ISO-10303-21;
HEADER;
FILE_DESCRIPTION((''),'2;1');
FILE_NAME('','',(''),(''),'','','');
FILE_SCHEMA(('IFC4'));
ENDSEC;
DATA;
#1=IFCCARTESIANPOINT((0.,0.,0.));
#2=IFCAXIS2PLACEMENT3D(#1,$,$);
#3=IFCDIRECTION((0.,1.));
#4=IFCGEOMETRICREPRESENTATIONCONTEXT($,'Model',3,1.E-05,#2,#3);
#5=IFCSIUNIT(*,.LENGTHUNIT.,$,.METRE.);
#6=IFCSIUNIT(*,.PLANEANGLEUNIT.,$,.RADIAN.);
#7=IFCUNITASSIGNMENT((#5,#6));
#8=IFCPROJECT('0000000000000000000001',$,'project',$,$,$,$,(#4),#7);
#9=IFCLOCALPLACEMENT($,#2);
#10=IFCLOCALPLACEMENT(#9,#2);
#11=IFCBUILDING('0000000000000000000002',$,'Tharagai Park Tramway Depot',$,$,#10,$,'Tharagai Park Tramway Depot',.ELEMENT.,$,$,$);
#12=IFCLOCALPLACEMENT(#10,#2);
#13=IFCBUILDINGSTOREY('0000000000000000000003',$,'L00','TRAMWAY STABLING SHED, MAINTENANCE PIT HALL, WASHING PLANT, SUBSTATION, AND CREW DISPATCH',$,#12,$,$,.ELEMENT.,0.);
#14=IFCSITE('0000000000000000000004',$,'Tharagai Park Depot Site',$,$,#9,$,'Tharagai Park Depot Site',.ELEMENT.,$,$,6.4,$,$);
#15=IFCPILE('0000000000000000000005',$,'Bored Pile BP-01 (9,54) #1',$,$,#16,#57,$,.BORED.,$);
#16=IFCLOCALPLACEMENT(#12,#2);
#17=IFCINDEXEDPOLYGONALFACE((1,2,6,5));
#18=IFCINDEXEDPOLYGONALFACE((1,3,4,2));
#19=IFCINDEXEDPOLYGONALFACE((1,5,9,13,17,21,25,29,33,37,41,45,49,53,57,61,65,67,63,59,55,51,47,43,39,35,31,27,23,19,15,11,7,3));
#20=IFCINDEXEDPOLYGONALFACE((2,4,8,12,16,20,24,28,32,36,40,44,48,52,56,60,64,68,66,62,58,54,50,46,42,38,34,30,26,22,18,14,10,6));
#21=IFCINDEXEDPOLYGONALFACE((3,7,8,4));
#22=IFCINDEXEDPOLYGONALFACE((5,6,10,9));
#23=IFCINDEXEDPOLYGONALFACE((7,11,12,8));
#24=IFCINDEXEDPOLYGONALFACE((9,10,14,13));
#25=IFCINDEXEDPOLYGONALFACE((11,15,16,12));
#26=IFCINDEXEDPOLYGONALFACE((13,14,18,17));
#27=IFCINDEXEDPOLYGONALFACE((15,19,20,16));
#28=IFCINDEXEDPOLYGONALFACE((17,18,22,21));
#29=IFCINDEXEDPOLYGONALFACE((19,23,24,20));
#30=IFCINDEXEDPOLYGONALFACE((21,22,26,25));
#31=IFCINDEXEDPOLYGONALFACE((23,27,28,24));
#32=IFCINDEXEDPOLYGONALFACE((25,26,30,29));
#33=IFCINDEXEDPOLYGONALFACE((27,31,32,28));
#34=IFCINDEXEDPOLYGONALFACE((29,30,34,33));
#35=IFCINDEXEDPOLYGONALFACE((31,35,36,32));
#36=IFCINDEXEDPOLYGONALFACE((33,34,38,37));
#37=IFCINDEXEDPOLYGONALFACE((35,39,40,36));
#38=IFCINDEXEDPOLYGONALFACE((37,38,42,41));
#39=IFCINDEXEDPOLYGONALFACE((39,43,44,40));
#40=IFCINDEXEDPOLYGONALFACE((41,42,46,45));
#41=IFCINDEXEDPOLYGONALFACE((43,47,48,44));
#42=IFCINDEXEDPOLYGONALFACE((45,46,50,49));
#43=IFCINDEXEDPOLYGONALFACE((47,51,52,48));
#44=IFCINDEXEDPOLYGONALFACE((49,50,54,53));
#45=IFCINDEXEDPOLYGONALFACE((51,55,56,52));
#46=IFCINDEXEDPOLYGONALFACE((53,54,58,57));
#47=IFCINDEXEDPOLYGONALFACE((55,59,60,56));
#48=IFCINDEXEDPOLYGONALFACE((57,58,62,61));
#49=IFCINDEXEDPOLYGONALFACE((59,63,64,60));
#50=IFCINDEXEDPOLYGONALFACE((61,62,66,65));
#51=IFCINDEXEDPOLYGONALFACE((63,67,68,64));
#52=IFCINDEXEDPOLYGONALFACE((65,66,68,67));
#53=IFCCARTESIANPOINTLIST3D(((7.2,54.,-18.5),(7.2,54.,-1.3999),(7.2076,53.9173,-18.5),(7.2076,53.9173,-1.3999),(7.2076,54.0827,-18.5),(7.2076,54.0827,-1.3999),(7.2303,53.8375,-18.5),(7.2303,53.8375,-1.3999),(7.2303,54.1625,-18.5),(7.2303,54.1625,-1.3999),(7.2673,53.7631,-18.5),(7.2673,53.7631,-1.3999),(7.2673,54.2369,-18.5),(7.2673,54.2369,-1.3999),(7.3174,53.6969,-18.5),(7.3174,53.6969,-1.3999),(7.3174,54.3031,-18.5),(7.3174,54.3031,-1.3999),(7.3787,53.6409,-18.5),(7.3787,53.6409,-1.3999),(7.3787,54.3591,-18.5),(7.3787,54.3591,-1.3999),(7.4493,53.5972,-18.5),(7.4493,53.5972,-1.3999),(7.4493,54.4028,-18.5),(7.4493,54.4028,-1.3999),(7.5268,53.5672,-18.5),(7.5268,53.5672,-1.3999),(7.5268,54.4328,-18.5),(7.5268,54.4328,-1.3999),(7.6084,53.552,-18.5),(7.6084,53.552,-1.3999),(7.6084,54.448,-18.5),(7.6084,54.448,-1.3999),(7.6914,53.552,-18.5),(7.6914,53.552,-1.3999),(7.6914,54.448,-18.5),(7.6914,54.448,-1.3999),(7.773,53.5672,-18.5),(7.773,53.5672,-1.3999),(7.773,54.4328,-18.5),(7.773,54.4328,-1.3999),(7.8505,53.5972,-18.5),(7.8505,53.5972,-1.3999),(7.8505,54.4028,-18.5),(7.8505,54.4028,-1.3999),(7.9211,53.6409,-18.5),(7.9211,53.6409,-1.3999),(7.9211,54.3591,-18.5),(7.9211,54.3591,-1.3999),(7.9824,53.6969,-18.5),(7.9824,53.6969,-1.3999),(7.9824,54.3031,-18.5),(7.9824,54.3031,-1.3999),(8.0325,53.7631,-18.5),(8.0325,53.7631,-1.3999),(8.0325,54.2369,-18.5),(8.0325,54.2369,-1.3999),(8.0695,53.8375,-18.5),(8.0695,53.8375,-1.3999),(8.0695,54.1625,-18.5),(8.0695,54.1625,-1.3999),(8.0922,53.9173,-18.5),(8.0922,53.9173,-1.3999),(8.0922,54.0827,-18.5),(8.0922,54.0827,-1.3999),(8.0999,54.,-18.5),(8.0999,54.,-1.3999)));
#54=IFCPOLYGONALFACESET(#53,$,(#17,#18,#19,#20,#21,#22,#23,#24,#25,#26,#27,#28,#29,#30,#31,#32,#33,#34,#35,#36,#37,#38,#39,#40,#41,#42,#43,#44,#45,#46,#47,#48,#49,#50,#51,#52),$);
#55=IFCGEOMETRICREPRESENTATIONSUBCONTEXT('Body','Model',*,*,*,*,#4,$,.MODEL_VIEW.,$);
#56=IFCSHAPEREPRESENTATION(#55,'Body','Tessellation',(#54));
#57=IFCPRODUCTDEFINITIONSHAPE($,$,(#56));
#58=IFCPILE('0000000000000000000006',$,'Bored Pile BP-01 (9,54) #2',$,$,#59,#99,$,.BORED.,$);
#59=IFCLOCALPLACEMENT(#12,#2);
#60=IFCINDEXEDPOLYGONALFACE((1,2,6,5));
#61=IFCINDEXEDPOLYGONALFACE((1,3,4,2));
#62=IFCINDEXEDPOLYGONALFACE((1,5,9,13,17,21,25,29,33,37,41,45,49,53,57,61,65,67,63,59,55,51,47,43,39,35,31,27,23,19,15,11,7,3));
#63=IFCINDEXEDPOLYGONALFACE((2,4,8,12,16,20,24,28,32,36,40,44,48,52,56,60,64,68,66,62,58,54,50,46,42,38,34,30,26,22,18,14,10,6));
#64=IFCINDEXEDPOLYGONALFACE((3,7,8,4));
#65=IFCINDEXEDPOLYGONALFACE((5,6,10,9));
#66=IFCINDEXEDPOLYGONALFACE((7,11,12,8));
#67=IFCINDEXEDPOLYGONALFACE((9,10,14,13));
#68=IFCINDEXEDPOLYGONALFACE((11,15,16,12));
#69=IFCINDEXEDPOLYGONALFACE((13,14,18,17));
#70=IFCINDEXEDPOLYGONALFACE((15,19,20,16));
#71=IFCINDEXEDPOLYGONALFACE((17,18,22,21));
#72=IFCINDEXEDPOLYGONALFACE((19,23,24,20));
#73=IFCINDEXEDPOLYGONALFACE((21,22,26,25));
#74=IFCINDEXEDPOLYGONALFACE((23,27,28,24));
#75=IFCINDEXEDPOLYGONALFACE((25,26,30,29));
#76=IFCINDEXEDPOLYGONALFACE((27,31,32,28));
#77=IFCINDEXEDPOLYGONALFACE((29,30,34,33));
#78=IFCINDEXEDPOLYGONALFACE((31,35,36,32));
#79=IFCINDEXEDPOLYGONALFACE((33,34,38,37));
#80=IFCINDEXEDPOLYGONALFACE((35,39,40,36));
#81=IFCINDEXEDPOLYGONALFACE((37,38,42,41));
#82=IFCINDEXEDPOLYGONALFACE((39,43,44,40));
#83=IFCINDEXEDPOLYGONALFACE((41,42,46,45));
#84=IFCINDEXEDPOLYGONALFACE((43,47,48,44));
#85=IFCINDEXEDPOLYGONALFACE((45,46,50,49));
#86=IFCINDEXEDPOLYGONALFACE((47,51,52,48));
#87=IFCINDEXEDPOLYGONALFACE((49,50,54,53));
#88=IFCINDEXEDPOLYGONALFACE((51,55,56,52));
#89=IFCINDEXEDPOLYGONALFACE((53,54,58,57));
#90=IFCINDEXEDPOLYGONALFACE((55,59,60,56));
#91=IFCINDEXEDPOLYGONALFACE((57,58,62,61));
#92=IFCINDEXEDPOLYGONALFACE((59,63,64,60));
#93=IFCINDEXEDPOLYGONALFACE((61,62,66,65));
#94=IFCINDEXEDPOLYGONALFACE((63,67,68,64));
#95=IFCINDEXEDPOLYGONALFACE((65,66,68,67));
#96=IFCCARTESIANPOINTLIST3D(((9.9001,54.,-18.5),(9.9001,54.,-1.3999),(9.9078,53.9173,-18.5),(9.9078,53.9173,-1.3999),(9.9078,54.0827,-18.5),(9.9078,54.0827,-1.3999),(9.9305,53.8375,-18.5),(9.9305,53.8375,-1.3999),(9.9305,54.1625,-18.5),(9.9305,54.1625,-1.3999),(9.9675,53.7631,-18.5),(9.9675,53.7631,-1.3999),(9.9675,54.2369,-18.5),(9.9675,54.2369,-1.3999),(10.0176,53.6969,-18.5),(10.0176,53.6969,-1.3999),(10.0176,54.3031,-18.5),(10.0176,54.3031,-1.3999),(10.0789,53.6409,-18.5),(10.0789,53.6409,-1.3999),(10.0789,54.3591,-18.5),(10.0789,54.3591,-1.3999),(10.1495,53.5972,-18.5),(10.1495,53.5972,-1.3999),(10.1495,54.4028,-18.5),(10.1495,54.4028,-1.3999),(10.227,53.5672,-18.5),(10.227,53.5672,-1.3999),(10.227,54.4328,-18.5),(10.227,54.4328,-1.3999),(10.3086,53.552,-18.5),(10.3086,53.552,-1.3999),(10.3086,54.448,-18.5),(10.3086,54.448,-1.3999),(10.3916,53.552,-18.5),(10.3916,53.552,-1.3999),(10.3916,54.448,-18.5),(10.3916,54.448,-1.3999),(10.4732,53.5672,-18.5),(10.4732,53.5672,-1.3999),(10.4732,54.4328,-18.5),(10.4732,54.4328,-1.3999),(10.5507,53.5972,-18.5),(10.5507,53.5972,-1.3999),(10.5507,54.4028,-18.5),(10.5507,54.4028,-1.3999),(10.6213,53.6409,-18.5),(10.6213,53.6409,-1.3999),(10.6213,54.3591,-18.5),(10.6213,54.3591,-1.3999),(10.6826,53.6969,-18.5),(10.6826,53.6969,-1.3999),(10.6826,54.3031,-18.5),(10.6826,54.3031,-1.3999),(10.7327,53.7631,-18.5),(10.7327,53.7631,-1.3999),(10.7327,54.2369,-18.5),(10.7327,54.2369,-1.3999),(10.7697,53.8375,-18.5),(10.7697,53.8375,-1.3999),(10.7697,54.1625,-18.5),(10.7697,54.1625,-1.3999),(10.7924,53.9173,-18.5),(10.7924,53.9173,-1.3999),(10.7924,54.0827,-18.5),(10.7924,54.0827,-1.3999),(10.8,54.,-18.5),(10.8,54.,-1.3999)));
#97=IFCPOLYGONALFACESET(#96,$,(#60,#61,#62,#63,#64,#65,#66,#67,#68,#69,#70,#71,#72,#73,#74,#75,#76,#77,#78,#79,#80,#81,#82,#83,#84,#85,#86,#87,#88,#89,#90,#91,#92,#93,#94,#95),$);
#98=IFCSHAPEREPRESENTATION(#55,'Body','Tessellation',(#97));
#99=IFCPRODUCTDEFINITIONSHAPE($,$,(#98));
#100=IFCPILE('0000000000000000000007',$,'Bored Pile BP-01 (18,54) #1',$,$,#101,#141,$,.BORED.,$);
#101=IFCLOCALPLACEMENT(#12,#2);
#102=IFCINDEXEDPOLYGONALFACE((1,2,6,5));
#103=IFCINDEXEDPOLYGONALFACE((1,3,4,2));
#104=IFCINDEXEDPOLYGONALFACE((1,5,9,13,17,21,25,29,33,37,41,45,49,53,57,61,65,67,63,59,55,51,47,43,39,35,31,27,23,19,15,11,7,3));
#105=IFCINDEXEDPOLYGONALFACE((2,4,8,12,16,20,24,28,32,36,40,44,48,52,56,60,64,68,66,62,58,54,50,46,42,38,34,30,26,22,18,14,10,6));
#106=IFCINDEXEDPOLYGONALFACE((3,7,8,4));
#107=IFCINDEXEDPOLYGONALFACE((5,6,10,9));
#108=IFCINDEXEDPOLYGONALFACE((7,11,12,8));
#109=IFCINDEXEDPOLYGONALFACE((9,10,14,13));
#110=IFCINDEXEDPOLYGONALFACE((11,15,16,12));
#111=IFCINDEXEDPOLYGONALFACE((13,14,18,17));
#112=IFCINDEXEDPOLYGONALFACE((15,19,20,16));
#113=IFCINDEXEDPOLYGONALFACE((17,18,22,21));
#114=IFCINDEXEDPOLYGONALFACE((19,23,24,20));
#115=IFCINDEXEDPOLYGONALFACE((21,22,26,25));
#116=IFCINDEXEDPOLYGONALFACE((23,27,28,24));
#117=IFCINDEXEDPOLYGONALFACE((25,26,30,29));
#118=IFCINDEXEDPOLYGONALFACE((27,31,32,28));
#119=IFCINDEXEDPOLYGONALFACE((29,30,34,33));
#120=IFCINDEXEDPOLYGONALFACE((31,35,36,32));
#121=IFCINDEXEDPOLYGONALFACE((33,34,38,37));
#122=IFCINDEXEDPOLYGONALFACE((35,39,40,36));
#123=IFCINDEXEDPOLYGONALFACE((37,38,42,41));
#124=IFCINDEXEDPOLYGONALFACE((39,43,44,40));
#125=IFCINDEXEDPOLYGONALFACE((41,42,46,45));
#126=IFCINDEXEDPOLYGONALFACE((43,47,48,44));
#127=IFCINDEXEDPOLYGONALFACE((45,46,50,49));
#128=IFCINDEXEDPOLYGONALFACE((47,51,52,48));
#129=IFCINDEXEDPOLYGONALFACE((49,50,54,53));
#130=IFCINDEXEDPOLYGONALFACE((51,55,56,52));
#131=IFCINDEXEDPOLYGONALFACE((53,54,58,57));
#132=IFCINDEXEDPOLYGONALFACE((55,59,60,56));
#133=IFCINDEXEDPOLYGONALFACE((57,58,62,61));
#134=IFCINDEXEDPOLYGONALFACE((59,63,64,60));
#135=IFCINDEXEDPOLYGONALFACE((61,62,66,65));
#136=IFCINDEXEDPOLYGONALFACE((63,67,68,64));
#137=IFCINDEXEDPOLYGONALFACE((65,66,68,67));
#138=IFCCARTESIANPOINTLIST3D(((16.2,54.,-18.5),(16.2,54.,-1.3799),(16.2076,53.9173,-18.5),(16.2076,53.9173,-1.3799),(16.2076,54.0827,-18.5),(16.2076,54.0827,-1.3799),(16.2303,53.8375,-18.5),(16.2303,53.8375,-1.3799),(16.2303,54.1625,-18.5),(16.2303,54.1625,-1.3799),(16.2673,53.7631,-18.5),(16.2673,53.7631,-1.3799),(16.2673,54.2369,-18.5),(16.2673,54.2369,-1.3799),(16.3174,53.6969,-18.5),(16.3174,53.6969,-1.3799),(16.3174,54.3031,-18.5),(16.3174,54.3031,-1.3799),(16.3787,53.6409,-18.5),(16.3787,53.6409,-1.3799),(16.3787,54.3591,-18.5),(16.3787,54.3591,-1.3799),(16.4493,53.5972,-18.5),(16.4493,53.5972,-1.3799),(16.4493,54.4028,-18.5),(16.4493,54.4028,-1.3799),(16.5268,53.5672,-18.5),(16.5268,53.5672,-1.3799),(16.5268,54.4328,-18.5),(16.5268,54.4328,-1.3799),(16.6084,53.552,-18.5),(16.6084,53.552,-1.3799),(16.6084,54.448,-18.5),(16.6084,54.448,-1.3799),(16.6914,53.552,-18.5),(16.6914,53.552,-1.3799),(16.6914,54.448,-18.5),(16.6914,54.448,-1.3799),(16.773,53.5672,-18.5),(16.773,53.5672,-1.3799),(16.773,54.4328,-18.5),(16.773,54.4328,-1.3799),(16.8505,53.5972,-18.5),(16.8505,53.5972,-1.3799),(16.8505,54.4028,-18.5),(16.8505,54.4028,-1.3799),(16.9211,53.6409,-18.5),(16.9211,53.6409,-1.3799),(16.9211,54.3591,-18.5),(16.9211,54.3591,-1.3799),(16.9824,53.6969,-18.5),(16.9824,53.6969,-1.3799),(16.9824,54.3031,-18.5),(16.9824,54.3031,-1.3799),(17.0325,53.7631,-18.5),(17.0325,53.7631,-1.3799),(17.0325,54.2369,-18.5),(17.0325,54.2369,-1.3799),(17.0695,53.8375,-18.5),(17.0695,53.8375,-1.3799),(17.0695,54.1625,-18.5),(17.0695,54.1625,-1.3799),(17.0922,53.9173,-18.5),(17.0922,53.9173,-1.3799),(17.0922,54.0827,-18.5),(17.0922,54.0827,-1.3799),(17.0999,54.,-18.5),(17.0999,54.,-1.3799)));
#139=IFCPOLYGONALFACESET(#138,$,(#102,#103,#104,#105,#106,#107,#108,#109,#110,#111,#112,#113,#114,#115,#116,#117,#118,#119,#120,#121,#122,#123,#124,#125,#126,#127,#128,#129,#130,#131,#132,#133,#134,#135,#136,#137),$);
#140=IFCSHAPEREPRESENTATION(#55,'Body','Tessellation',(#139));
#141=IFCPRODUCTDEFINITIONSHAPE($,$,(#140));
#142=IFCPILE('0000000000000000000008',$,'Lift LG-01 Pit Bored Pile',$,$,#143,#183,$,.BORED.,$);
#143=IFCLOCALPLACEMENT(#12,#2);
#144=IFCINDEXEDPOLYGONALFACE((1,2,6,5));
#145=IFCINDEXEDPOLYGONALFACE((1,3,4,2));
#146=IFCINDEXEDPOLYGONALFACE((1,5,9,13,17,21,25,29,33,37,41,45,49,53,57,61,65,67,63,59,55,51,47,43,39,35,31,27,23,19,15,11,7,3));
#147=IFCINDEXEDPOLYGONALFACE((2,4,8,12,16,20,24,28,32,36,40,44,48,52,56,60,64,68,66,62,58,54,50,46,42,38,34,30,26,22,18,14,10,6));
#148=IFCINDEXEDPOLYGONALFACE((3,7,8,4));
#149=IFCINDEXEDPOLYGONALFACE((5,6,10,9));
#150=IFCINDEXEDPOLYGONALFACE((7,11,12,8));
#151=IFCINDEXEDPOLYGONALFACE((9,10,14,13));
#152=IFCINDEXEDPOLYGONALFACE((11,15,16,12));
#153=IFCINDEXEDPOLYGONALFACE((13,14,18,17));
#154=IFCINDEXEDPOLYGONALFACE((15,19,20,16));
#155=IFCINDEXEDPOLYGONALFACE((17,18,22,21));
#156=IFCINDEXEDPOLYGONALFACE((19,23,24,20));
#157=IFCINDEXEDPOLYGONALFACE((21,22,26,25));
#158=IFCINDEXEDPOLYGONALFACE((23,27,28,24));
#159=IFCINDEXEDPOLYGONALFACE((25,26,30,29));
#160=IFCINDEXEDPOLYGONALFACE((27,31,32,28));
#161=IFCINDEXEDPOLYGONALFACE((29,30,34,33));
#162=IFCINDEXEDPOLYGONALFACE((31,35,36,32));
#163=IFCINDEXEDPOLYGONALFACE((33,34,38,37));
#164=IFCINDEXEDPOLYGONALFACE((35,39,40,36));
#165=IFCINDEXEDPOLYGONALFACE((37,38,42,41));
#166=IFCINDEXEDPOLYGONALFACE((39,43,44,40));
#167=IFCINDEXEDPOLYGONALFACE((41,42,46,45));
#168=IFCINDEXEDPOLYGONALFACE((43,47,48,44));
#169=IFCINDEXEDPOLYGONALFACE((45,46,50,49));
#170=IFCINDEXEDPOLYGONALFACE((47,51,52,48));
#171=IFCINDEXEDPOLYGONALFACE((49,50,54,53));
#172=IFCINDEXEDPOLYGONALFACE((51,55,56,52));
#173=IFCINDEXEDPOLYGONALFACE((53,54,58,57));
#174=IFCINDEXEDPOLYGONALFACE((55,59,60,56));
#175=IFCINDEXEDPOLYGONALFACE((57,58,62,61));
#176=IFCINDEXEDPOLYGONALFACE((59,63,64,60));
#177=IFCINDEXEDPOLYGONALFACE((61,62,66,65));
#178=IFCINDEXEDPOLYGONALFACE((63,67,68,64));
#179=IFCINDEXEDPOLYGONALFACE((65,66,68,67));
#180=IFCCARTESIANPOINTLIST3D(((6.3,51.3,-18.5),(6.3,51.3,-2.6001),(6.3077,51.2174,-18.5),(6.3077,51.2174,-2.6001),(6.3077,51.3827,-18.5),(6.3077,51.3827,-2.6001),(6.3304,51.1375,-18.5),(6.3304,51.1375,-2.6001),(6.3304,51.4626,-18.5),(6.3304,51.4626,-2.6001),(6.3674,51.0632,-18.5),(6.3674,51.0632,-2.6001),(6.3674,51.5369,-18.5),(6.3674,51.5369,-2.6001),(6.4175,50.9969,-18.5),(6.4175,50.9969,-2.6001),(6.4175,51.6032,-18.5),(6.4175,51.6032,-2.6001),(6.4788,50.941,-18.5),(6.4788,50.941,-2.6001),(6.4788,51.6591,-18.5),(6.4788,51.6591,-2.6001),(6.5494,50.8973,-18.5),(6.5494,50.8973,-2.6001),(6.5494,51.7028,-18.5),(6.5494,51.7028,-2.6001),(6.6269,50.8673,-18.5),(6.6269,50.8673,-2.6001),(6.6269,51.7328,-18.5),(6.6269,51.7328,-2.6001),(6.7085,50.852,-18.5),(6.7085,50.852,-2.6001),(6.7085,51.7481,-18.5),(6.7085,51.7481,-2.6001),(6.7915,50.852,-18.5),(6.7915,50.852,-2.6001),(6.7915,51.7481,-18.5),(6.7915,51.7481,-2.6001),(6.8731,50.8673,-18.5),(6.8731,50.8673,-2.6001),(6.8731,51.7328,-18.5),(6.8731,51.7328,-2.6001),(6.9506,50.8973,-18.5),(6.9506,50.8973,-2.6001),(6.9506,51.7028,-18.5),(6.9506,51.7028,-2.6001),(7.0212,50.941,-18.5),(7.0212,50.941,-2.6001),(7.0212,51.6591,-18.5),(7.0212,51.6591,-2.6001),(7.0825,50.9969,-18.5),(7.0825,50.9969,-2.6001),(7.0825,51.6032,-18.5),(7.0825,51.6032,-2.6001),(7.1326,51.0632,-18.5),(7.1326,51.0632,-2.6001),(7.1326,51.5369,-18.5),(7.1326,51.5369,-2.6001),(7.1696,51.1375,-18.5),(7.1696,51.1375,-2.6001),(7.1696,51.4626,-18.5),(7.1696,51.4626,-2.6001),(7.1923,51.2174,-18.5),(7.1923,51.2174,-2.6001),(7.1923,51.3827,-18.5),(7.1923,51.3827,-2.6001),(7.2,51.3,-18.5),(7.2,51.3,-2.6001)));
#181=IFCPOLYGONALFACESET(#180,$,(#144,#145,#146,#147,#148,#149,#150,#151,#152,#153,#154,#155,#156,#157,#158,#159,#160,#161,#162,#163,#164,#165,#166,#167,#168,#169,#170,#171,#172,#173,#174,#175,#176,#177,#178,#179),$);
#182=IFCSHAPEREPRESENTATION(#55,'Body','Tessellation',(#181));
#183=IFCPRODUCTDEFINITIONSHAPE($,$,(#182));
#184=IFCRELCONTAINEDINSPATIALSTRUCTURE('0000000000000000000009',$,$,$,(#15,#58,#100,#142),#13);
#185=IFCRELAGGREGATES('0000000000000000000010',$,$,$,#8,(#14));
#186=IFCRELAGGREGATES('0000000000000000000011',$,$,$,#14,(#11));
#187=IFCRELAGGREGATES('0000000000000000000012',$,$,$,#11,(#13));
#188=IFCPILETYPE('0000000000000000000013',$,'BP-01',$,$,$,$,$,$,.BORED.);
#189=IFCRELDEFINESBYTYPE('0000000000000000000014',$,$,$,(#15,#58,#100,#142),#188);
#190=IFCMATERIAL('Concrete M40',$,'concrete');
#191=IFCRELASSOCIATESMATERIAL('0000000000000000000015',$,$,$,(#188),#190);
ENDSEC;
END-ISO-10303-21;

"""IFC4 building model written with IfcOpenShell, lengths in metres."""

from ifc_helpers import new_model, si_unit, direction, frame, origin, origin_2d, place, context, subcontext, project, spatial, circle, extrude, material, material_profile, profile_set, type_object, element, save


model = new_model("IFC4")

# Units and contexts
model_context = context("Model", 3, precision=1e-05, world=origin(), true_north=direction((0.0, 1.0)))
body_context = subcontext(model_context, "Body", "Model", "MODEL_VIEW")
ifc_project = project(units=[si_unit("LENGTHUNIT", "METRE"), si_unit("PLANEANGLEUNIT", "RADIAN")], contexts=[model_context])

# Site, building, storey
site_placement = place(None, origin())
site = spatial("IfcSite", under=ifc_project, at=site_placement, Name="Tharagai Park Depot Site", LongName="Tharagai Park Depot Site", CompositionType="ELEMENT", RefElevation=6.4)
building_placement = place(site_placement, origin())
building = spatial("IfcBuilding", under=site, at=building_placement, Name="Tharagai Park Tramway Depot", LongName="Tharagai Park Tramway Depot", CompositionType="ELEMENT")
storey_placement = place(building_placement, origin())
storey = spatial("IfcBuildingStorey", under=building, at=storey_placement, Name="L00", Description="TRAMWAY STABLING SHED, MAINTENANCE PIT HALL, WASHING PLANT, SUBSTATION, AND CREW DISPATCH", CompositionType="ELEMENT", Elevation=0.0)

# Piles
ifc_material_1 = material(Name="Concrete M40", Category="concrete")
ifc_material_profile_1 = material_profile(ifc_material_1, circle(Radius=0.45, at=origin_2d()), Name="PILE D900")
ifc_profile_set_1 = profile_set([ifc_material_profile_1], Name="Concrete M40")
pile_type_1 = type_object("IfcPileType", Name="BP-01", PredefinedType="BORED", material=ifc_profile_set_1)
for number, where, z_axis, x_axis, name in (
    (1, (7.6499, 54.0, -1.3999), (0.0, 0.0, -1.0), (1.0, 0.0, 0.0), "Bored Pile BP-01 (9,54) #1"),
    (2, (10.3501, 54.0, -1.3999), (0.0, 0.0, -1.0), (1.0, 0.0, 0.0), "Bored Pile BP-01 (9,54) #2"),
):
    element("IfcPile", number, at=place(storey_placement, frame(where, z_axis=z_axis, x_axis=x_axis)), inside=storey, type_object=pile_type_1, Name=name, PredefinedType="BORED", context=body_context, shape_type="SweptSolid", body=[
        extrude(circle(Radius=0.45, at=origin_2d()), origin(), (0.0, 0.0, 1.0), 17.1001),
    ])
pile_1_placement = place(storey_placement, frame((16.6499, 54.0, -1.3799), z_axis=(0.0, 0.0, -1.0), x_axis=(1.0, 0.0, 0.0)))
element("IfcPile", 3, at=pile_1_placement, inside=storey, type_object=pile_type_1, Name="Bored Pile BP-01 (18,54) #1", PredefinedType="BORED", context=body_context, shape_type="SweptSolid", body=[
    extrude(circle(Radius=0.45, at=origin_2d()), origin(), (0.0, 0.0, 1.0), 17.1201),
])
pile_2_placement = place(storey_placement, frame((6.75, 51.3, -2.6001), z_axis=(0.0, 0.0, -1.0), x_axis=(1.0, 0.0, 0.0)))
element("IfcPile", 4, at=pile_2_placement, inside=storey, type_object=pile_type_1, Name="Lift LG-01 Pit Bored Pile", PredefinedType="BORED", context=body_context, shape_type="SweptSolid", body=[
    extrude(circle(Radius=0.45, at=origin_2d()), origin(), (0.0, 0.0, 1.0), 15.8999),
])

save(model, "model.ifc")
